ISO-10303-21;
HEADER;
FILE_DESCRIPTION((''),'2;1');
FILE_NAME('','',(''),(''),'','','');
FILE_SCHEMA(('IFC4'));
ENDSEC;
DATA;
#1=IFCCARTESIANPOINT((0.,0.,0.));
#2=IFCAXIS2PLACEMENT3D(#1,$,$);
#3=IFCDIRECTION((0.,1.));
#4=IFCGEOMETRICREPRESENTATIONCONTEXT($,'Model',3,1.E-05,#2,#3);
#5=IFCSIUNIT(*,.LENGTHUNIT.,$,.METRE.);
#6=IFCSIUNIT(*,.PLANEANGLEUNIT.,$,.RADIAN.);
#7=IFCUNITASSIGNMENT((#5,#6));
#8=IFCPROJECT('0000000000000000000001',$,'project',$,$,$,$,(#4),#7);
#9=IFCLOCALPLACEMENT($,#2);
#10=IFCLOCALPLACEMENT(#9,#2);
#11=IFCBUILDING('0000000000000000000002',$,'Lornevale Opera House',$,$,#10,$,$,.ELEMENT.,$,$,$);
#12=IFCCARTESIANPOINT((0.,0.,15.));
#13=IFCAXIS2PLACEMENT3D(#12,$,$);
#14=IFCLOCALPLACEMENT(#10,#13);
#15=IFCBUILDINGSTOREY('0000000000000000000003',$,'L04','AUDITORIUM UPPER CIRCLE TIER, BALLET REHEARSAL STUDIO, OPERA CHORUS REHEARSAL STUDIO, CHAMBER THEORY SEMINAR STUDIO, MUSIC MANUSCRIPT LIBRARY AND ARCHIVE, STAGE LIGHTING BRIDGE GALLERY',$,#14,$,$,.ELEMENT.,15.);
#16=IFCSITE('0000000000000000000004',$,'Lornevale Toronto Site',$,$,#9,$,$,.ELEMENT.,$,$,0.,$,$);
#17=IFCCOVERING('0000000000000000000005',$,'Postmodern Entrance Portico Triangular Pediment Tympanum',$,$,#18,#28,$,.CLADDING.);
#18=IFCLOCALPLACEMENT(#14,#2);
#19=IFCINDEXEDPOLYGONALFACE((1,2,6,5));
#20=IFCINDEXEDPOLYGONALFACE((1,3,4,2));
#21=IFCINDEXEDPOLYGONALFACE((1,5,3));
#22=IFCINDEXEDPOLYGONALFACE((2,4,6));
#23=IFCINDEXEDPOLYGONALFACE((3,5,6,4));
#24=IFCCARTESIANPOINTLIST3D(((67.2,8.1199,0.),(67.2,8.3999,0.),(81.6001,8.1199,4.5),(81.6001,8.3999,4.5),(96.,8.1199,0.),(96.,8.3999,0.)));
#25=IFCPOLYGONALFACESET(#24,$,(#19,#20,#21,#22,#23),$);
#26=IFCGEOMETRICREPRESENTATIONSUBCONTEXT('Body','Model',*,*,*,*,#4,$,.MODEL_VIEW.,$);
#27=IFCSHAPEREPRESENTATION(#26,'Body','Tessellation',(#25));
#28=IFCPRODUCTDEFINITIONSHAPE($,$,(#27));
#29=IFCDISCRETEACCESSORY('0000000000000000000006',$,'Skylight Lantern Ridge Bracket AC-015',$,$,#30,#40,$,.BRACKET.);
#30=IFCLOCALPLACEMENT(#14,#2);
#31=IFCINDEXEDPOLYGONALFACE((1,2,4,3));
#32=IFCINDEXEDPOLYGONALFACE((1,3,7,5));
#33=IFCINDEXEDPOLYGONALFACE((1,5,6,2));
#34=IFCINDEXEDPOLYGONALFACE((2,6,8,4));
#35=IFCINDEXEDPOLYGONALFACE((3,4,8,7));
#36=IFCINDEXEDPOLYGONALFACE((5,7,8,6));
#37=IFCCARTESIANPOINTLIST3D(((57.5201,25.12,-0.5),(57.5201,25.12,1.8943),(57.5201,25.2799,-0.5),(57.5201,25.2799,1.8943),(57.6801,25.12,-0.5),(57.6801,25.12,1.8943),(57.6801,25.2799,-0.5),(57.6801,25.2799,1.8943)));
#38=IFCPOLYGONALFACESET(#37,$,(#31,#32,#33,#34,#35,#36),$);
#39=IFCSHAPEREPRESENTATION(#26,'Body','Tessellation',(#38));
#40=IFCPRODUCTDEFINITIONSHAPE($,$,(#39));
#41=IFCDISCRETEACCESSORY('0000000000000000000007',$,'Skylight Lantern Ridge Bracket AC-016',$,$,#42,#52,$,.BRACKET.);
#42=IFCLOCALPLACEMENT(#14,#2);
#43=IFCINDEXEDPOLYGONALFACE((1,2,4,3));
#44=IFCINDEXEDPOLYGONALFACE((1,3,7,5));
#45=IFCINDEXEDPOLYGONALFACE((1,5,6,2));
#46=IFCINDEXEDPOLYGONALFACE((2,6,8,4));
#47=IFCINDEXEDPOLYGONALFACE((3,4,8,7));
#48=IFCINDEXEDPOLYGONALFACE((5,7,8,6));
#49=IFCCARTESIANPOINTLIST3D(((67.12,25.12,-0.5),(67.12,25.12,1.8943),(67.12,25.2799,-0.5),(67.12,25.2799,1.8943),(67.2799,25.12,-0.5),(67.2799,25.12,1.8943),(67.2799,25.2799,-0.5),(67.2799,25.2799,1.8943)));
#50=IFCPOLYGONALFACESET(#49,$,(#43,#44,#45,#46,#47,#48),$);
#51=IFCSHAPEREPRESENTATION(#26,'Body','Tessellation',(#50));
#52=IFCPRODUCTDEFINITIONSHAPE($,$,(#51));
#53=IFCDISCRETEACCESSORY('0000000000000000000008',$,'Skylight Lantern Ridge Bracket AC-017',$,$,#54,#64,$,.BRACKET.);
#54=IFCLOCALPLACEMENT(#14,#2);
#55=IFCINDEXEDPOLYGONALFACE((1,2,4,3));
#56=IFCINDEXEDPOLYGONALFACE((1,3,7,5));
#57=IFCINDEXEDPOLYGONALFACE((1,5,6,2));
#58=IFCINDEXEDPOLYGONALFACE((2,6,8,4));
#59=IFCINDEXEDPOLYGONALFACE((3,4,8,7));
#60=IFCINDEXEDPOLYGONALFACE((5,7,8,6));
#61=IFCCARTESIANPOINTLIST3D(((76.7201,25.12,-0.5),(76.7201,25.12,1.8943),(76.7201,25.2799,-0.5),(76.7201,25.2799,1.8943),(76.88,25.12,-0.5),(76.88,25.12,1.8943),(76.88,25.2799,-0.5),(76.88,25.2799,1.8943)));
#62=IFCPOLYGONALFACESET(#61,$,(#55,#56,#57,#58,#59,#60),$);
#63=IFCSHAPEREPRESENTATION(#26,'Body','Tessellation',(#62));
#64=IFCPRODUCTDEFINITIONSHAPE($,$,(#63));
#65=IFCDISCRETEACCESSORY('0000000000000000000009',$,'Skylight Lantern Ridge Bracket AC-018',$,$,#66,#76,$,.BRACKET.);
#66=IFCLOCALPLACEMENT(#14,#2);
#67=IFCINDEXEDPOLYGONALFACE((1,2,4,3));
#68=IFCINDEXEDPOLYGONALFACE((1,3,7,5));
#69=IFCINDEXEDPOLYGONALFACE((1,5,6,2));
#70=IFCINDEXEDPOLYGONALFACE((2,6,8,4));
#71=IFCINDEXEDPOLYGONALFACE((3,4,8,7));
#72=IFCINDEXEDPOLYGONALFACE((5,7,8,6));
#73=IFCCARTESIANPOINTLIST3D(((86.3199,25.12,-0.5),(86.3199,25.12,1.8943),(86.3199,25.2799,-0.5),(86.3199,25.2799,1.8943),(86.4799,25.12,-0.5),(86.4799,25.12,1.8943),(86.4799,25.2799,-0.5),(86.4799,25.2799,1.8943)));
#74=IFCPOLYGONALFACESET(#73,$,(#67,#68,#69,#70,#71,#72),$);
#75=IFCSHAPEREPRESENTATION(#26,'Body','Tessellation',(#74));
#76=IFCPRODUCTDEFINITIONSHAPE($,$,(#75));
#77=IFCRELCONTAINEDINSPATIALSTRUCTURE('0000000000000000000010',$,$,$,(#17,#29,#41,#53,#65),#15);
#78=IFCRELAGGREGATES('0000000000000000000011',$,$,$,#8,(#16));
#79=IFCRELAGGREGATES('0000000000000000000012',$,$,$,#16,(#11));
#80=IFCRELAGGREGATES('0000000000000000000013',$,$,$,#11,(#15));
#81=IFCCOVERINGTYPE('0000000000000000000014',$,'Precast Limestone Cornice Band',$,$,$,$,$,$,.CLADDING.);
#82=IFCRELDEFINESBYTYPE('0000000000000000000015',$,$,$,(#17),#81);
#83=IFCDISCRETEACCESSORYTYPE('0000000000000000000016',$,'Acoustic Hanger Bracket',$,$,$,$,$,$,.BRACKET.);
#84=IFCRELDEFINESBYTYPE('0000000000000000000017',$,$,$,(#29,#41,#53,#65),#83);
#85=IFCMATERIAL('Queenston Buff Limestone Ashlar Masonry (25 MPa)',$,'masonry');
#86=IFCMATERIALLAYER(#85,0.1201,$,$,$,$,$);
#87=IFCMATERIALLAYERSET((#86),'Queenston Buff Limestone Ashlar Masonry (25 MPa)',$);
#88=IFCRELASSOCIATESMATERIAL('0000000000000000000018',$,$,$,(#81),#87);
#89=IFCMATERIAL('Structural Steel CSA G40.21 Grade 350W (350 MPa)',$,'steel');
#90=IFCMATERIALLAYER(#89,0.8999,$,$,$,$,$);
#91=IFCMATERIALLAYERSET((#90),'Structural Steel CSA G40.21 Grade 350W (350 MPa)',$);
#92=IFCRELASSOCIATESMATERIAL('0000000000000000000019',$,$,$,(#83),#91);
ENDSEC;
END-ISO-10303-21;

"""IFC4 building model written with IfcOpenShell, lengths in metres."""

from ifc_helpers import new_model, si_unit, direction, frame, origin, origin_2d, place, context, subcontext, project, spatial, polyline, rectangle, outline, extrude, material, layer, layer_set, type_object, element, save


model = new_model("IFC4")

# Units and contexts
model_context = context("Model", 3, precision=1e-05, world=origin(), true_north=direction((0.0, 1.0)))
body_context = subcontext(model_context, "Body", "Model", "MODEL_VIEW")
ifc_project = project(units=[si_unit("LENGTHUNIT", "METRE"), si_unit("PLANEANGLEUNIT", "RADIAN")], contexts=[model_context])

# Site, building, storey
site_placement = place(None, origin())
site = spatial("IfcSite", under=ifc_project, at=site_placement, Name="Lornevale Toronto Site", CompositionType="ELEMENT", RefElevation=0.0)
building_placement = place(site_placement, origin())
building = spatial("IfcBuilding", under=site, at=building_placement, Name="Lornevale Opera House", CompositionType="ELEMENT")
storey_placement = place(building_placement, frame((0.0, 0.0, 15.0)))
storey = spatial("IfcBuildingStorey", under=building, at=storey_placement, Name="L04", Description="AUDITORIUM UPPER CIRCLE TIER, BALLET REHEARSAL STUDIO, OPERA CHORUS REHEARSAL STUDIO, CHAMBER THEORY SEMINAR STUDIO, MUSIC MANUSCRIPT LIBRARY AND ARCHIVE, STAGE LIGHTING BRIDGE GALLERY", CompositionType="ELEMENT", Elevation=15.0)

# Shared definitions
ifc_material_1 = material(Name="Structural Steel CSA G40.21 Grade 350W (350 MPa)", Category="steel")

# Covering
ifc_material_2 = material(Name="Queenston Buff Limestone Ashlar Masonry (25 MPa)", Category="masonry")
ifc_layer_1 = layer(ifc_material_2, 0.1201)
ifc_layer_set_1 = layer_set([ifc_layer_1], Name="Queenston Buff Limestone Ashlar Masonry (25 MPa)")
covering_type_1 = type_object("IfcCoveringType", Name="Precast Limestone Cornice Band", PredefinedType="CLADDING", material=ifc_layer_set_1)
covering_1_placement = place(storey_placement, frame((67.2, 8.3999, 0.0), z_axis=(0.0, 1.0, 0.0), x_axis=(0.954481, 0.0, 0.298272)))
element("IfcCovering", 1, at=covering_1_placement, inside=storey, type_object=covering_type_1, Name="Postmodern Entrance Portico Triangular Pediment Tympanum", PredefinedType="CLADDING", context=body_context, shape_type="SweptSolid", body=[
    extrude(outline(polyline([(0.0, 0.0), (15.0869, 0.0), (27.4891, 8.5903), (0.0, 0.0)])), origin(), (0.0, 0.0, -1.0), 0.28),
])

# Discrete accessories
ifc_layer_2 = layer(ifc_material_1, 0.8999)
ifc_layer_set_2 = layer_set([ifc_layer_2], Name="Structural Steel CSA G40.21 Grade 350W (350 MPa)")
discrete_accessory_type = type_object("IfcDiscreteAccessoryType", Name="Acoustic Hanger Bracket", PredefinedType="BRACKET", material=ifc_layer_set_2)
for number, where, z_axis, x_axis, name in (
    (2, (57.6001, 25.2, -0.5), (0.0, 0.0, 1.0), (1.0, 0.0, 0.0), "Skylight Lantern Ridge Bracket AC-015"),
    (3, (67.2, 25.2, -0.5), (0.0, 0.0, 1.0), (1.0, 0.0, 0.0), "Skylight Lantern Ridge Bracket AC-016"),
    (4, (76.8, 25.2, -0.5), (0.0, 0.0, 1.0), (1.0, 0.0, 0.0), "Skylight Lantern Ridge Bracket AC-017"),
    (5, (86.3999, 25.2, -0.5), (0.0, 0.0, 1.0), (1.0, 0.0, 0.0), "Skylight Lantern Ridge Bracket AC-018"),
):
    element("IfcDiscreteAccessory", number, at=place(storey_placement, frame(where, z_axis=z_axis, x_axis=x_axis)), inside=storey, type_object=discrete_accessory_type, Name=name, PredefinedType="BRACKET", context=body_context, shape_type="SweptSolid", body=[
        extrude(rectangle(XDim=0.1599, YDim=0.1599, at=origin_2d()), origin(), (0.0, 0.0, 1.0), 2.3943),
    ])

save(model, "model.ifc")
